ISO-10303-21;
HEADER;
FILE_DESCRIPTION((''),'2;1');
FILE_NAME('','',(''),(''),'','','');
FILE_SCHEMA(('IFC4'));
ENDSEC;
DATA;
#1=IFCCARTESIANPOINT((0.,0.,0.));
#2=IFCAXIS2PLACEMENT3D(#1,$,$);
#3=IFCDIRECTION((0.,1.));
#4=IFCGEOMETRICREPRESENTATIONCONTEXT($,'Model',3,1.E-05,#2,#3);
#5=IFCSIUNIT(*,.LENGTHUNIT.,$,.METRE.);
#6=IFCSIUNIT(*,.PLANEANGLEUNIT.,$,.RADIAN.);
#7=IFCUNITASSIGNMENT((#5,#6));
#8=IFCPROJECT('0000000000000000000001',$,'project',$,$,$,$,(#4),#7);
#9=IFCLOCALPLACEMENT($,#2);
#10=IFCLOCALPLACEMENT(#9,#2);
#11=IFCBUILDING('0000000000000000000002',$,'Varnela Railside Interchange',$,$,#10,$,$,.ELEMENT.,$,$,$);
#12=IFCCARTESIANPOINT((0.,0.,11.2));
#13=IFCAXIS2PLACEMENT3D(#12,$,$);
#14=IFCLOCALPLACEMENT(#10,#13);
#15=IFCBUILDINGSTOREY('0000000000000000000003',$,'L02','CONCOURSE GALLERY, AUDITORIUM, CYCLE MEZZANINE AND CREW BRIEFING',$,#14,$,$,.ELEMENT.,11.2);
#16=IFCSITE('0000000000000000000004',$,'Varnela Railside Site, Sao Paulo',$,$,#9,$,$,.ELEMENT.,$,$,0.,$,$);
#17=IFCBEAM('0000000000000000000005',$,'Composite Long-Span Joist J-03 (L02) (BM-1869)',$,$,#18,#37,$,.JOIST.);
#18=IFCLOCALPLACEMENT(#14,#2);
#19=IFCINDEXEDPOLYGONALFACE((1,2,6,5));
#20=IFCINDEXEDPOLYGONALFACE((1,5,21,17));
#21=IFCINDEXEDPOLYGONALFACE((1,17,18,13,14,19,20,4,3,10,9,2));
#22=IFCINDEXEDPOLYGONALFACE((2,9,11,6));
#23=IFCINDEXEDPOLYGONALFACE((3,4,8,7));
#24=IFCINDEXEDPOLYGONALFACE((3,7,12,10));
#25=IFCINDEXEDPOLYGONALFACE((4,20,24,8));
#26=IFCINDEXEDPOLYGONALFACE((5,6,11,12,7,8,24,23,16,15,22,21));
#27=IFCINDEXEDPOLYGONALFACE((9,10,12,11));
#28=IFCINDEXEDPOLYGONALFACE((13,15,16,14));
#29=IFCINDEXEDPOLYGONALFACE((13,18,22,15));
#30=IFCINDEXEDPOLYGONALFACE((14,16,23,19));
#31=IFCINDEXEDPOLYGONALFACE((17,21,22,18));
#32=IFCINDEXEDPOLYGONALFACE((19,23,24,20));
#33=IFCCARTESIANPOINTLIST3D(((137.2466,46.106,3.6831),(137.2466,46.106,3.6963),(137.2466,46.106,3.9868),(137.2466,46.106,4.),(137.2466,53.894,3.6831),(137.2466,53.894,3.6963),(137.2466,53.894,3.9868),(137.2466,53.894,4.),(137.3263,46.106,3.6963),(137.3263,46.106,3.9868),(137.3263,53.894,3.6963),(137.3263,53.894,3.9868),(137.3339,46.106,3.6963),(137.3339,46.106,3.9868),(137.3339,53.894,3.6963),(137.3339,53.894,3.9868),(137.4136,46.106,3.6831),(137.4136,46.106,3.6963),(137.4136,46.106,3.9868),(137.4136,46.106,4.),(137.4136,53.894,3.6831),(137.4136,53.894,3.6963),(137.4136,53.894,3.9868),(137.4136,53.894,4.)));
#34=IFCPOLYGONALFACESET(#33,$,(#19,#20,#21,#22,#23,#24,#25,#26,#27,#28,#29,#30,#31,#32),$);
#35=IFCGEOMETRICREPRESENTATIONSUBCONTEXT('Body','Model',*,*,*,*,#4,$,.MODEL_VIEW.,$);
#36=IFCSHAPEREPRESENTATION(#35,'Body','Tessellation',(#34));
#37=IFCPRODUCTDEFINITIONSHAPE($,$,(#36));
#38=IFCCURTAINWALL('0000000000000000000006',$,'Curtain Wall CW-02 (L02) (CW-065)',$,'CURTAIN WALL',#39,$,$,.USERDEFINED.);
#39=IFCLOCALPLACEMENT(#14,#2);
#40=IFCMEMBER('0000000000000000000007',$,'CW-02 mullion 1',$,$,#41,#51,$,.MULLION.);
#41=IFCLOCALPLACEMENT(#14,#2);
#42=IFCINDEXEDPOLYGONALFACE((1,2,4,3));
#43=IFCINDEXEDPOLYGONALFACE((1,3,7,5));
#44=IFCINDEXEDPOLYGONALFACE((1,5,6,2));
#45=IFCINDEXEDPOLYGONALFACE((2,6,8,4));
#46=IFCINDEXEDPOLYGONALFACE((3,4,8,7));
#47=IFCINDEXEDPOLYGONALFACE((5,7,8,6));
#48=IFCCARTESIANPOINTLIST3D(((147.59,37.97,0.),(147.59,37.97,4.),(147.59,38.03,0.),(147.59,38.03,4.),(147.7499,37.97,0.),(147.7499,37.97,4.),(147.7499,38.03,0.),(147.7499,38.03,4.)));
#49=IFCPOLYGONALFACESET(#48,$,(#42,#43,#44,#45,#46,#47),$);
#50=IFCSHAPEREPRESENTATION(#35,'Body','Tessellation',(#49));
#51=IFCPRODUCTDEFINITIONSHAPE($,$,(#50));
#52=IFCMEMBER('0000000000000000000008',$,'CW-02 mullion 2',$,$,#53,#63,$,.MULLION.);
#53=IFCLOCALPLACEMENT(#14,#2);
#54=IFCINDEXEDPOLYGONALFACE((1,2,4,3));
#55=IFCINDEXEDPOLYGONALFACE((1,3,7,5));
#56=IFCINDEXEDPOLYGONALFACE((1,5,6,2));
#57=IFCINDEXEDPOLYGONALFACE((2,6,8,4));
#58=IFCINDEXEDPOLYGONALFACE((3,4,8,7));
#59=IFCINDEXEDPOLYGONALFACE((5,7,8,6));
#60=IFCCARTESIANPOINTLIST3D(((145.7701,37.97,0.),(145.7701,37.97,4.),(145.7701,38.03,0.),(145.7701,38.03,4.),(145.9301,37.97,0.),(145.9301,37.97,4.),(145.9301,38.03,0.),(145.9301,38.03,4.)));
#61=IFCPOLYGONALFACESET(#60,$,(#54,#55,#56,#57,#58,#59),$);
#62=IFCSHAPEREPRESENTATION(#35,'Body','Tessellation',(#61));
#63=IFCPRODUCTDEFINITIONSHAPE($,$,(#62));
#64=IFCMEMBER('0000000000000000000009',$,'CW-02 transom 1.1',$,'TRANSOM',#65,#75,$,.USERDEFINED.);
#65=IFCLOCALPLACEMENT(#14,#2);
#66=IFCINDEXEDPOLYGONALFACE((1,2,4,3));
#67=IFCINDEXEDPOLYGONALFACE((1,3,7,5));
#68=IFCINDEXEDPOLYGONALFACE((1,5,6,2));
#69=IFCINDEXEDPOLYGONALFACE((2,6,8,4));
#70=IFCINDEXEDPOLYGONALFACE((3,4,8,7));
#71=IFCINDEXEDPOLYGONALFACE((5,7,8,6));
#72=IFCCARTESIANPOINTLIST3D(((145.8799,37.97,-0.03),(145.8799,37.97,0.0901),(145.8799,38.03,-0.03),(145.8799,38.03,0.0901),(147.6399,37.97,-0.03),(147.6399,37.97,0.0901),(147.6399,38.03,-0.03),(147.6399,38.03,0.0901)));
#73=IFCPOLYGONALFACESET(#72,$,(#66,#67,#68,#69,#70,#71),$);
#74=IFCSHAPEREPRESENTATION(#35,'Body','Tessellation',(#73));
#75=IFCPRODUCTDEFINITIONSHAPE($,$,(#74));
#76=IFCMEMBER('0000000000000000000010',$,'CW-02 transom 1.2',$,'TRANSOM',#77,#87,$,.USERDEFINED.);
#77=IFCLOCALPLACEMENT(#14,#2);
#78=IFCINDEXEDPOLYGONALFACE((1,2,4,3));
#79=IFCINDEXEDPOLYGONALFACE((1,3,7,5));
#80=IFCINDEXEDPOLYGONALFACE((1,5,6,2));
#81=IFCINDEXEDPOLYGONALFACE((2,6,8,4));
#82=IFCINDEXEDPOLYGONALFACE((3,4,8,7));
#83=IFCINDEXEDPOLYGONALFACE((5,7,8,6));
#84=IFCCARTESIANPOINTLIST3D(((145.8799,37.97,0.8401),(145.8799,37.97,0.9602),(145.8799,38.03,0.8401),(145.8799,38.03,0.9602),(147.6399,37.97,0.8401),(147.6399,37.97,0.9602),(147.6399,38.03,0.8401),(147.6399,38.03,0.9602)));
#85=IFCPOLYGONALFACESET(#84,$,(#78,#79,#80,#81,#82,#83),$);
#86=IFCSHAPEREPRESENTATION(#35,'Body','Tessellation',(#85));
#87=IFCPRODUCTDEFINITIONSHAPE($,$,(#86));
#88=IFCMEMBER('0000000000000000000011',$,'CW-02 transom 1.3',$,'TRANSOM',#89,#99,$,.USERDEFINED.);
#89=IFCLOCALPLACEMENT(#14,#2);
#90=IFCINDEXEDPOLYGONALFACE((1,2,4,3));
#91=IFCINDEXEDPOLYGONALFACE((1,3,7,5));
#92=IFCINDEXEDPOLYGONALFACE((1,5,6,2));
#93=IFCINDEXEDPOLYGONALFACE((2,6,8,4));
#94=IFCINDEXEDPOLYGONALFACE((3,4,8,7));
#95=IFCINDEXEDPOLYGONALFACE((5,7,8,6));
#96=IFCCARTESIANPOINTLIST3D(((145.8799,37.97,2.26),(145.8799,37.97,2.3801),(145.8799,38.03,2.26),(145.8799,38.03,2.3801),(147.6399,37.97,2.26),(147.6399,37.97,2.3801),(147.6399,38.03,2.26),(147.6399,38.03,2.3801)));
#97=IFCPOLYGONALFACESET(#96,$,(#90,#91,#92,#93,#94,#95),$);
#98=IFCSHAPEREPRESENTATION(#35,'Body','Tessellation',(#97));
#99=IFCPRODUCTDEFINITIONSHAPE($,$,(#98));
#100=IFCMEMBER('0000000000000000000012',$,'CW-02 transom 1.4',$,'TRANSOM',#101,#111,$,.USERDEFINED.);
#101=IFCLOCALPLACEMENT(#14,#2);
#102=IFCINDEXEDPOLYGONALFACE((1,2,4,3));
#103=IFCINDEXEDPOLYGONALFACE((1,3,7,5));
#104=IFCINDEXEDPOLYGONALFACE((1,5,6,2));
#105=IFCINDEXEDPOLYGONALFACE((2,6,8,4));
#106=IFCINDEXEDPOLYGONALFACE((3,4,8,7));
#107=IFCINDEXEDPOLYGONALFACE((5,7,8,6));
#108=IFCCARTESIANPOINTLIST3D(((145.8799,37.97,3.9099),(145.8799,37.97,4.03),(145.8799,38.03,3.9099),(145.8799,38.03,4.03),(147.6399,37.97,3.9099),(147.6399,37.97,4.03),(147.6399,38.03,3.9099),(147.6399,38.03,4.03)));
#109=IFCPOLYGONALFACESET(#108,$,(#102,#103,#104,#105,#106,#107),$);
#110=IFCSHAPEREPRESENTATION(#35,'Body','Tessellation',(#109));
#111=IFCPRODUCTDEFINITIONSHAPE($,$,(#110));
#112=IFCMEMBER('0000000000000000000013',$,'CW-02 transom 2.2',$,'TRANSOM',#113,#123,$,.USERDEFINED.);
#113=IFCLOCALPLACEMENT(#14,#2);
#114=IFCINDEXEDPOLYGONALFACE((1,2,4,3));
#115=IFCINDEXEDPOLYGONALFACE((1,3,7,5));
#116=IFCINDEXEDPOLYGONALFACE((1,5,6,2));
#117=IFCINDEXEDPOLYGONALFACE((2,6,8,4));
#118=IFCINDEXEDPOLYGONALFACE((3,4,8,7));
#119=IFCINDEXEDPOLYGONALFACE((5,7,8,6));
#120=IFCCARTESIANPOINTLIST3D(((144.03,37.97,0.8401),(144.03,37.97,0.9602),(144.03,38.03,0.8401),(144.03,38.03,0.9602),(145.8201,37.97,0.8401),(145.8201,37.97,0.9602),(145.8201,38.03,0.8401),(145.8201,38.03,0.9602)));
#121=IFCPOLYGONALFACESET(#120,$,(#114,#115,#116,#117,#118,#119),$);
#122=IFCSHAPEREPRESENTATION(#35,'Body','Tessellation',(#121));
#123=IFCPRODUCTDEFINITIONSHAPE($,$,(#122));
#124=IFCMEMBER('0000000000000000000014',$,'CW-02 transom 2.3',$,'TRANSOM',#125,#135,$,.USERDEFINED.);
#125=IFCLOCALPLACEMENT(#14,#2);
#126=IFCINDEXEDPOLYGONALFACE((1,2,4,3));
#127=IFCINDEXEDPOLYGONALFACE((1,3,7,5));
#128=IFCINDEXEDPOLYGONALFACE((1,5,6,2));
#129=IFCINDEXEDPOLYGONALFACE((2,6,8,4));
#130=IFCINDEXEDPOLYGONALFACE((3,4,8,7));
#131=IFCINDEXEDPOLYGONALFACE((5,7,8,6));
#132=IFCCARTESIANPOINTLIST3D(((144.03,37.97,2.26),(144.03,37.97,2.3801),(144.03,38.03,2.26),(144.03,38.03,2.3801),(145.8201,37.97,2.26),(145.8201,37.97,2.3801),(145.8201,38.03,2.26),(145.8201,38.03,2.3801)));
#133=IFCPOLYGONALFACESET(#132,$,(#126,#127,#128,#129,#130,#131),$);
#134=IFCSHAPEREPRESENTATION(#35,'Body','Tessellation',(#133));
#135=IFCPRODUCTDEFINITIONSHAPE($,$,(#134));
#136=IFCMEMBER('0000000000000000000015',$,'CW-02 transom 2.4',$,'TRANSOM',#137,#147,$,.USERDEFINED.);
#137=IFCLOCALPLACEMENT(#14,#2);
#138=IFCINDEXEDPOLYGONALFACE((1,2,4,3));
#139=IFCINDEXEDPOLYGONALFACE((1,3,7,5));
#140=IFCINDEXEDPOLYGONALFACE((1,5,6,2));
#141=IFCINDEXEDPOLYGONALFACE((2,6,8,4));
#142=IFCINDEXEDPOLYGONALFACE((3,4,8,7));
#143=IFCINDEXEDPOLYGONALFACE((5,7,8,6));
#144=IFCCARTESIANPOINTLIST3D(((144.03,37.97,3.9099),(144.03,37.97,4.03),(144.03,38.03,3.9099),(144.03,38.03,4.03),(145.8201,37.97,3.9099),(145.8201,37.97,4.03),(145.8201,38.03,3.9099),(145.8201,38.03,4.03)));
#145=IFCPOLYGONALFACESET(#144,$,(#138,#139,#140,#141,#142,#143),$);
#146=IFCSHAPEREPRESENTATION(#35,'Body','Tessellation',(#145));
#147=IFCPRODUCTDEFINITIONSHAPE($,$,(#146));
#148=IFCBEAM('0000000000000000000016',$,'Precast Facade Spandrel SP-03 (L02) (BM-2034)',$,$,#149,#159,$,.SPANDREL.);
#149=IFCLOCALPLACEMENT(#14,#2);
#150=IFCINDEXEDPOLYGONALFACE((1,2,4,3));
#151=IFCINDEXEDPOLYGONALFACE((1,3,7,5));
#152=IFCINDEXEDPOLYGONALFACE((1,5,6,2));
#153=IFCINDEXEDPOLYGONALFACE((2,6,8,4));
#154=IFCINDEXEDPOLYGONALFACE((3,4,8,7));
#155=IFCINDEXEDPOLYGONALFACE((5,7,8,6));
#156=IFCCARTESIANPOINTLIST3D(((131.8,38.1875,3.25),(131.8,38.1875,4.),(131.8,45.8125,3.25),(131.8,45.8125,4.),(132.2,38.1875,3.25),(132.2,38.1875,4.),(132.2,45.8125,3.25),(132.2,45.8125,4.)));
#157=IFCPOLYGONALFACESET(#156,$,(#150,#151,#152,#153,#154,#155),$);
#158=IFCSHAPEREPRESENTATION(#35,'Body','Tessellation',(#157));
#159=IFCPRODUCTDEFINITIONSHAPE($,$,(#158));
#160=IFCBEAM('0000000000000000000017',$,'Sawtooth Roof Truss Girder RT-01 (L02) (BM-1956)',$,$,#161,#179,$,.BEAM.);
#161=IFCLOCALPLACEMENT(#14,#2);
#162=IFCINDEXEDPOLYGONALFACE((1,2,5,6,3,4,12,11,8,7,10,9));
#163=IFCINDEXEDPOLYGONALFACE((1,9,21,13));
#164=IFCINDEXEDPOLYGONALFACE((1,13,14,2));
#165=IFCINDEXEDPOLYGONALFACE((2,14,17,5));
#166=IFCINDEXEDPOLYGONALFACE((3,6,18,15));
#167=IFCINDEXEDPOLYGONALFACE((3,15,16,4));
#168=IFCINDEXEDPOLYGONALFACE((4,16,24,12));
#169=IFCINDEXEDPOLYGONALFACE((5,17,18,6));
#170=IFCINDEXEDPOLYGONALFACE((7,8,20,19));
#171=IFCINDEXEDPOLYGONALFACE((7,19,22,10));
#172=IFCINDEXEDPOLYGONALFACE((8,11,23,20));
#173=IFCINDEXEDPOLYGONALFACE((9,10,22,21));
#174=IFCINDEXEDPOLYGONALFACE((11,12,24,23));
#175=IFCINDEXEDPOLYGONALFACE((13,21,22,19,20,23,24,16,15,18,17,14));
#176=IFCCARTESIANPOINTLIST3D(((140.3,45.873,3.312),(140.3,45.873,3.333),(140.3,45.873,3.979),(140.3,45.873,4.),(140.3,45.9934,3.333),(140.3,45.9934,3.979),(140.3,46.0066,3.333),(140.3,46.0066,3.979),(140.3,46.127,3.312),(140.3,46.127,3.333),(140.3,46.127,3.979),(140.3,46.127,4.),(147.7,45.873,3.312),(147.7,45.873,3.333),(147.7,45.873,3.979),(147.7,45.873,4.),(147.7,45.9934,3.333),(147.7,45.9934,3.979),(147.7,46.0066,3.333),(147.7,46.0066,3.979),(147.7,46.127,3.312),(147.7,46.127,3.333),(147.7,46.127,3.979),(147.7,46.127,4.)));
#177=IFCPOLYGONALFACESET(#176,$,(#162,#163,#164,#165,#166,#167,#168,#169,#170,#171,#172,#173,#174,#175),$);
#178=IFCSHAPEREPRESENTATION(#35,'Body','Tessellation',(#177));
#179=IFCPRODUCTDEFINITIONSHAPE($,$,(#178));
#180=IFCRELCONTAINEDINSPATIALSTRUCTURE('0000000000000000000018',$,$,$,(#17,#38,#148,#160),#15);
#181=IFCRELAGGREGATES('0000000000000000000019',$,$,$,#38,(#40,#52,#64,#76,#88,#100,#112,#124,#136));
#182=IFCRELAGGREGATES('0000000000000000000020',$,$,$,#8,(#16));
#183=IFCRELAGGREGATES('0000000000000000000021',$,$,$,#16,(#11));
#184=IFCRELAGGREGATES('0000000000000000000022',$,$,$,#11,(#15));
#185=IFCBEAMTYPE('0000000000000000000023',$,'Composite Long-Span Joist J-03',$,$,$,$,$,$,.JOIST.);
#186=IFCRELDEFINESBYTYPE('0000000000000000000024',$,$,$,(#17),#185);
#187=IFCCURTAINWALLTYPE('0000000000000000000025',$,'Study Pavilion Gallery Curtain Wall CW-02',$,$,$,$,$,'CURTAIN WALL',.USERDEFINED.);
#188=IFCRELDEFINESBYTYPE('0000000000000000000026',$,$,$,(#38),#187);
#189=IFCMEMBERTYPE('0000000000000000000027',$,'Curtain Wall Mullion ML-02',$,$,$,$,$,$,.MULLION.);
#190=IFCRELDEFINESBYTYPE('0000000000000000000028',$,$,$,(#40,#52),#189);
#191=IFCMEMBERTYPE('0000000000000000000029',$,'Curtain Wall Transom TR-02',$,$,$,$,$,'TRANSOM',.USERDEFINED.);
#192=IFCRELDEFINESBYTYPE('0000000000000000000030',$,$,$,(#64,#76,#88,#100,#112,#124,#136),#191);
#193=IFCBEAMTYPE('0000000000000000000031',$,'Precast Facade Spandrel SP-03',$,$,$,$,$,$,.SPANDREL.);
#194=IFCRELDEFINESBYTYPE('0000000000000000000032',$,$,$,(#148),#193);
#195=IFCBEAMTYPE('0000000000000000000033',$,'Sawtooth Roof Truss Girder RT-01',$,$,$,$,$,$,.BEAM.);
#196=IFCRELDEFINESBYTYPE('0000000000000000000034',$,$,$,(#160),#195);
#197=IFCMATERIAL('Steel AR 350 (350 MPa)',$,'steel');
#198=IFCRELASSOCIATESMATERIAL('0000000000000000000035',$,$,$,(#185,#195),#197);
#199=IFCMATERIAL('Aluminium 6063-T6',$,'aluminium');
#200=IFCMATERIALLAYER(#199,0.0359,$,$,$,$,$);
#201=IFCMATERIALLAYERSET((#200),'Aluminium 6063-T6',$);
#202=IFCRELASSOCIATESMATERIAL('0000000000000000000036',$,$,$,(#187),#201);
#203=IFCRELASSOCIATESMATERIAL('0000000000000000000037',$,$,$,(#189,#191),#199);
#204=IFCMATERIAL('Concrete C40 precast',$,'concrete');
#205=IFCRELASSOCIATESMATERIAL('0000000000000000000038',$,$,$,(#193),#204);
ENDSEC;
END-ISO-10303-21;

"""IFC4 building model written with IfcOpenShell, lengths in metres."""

from ifc_helpers import new_model, si_unit, direction, frame, origin, origin_2d, place, context, subcontext, project, spatial, rectangle, i_section, extrude, material, layer, layer_set, material_profile, profile_set, type_object, element, aggregate, save


model = new_model("IFC4")

# Units and contexts
model_context = context("Model", 3, precision=1e-05, world=origin(), true_north=direction((0.0, 1.0)))
body_context = subcontext(model_context, "Body", "Model", "MODEL_VIEW")
ifc_project = project(units=[si_unit("LENGTHUNIT", "METRE"), si_unit("PLANEANGLEUNIT", "RADIAN")], contexts=[model_context])

# Site, building, storey
site_placement = place(None, origin())
site = spatial("IfcSite", under=ifc_project, at=site_placement, Name="Varnela Railside Site, Sao Paulo", CompositionType="ELEMENT", RefElevation=0.0)
building_placement = place(site_placement, origin())
building = spatial("IfcBuilding", under=site, at=building_placement, Name="Varnela Railside Interchange", CompositionType="ELEMENT")
storey_placement = place(building_placement, frame((0.0, 0.0, 11.2)))
storey = spatial("IfcBuildingStorey", under=building, at=storey_placement, Name="L02", Description="CONCOURSE GALLERY, AUDITORIUM, CYCLE MEZZANINE AND CREW BRIEFING", CompositionType="ELEMENT", Elevation=11.2)

# Shared definitions
ifc_material_1 = material(Name="Steel AR 350 (350 MPa)", Category="steel")

# Beam
ifc_material_profile_1 = material_profile(ifc_material_1, i_section(OverallWidth=0.167, OverallDepth=0.3169, WebThickness=0.0076, FlangeThickness=0.0132, at=origin_2d()), Name="W310x52")
ifc_profile_set_1 = profile_set([ifc_material_profile_1], Name="Steel AR 350 (350 MPa)")
beam_type_1 = type_object("IfcBeamType", Name="Composite Long-Span Joist J-03", PredefinedType="JOIST", material=ifc_profile_set_1)
for number, where, z_axis, x_axis, name in (
    (1, (137.3301, 46.106, 3.8416), (0.0, 1.0, 0.0), (-1.0, 0.0, 0.0), "Composite Long-Span Joist J-03 (L02) (BM-1869)"),
):
    element("IfcBeam", number, at=place(storey_placement, frame(where, z_axis=z_axis, x_axis=x_axis)), inside=storey, type_object=beam_type_1, Name=name, PredefinedType="JOIST", context=body_context, shape_type="SweptSolid", body=[
        extrude(i_section(OverallWidth=0.167, OverallDepth=0.3169, WebThickness=0.0076, FlangeThickness=0.0132, at=origin_2d()), origin(), (0.0, 0.0, 1.0), 7.7881),
    ])

# Curtain wall, members
ifc_material_2 = material(Name="Aluminium 6063-T6", Category="aluminium")
ifc_layer_1 = layer(ifc_material_2, 0.0359)
ifc_layer_set_1 = layer_set([ifc_layer_1], Name="Aluminium 6063-T6")
curtain_wall_type = type_object("IfcCurtainWallType", Name="Study Pavilion Gallery Curtain Wall CW-02", ElementType="CURTAIN WALL", PredefinedType="USERDEFINED", material=ifc_layer_set_1)
curtain_wall_placement = place(storey_placement, origin())
curtain_wall = element("IfcCurtainWall", 2, at=curtain_wall_placement, inside=storey, type_object=curtain_wall_type, Name="Curtain Wall CW-02 (L02) (CW-065)", ObjectType="CURTAIN WALL", PredefinedType="USERDEFINED")
ifc_material_profile_2 = material_profile(ifc_material_2, rectangle(XDim=0.0601, YDim=0.1599, at=origin_2d()), Name="ALU 60x160")
ifc_profile_set_2 = profile_set([ifc_material_profile_2], Name="Aluminium 6063-T6")
member_type_1 = type_object("IfcMemberType", Name="Curtain Wall Mullion ML-02", PredefinedType="MULLION", material=ifc_profile_set_2)
member_1_placement = place(storey_placement, frame((147.6699, 38.0, 0.0), z_axis=(0.0, 0.0, 1.0), x_axis=(0.0, -1.0, 0.0)))
member_1 = element("IfcMember", 3, at=member_1_placement, type_object=member_type_1, Name="CW-02 mullion 1", PredefinedType="MULLION", context=body_context, shape_type="SweptSolid", body=[
    extrude(rectangle(XDim=0.0601, YDim=0.1599, at=origin_2d()), origin(), (0.0, 0.0, 1.0), 4.0),
])
member_2_placement = place(storey_placement, frame((145.8501, 38.0, 0.0), z_axis=(0.0, 0.0, 1.0), x_axis=(0.0, -1.0, 0.0)))
member_2 = element("IfcMember", 4, at=member_2_placement, type_object=member_type_1, Name="CW-02 mullion 2", PredefinedType="MULLION", context=body_context, shape_type="SweptSolid", body=[
    extrude(rectangle(XDim=0.0601, YDim=0.1599, at=origin_2d()), origin(), (0.0, 0.0, 1.0), 4.0),
])
ifc_material_profile_3 = material_profile(ifc_material_2, rectangle(XDim=0.0601, YDim=0.1201, at=origin_2d()), Name="ALU 60x120")
ifc_profile_set_3 = profile_set([ifc_material_profile_3], Name="Aluminium 6063-T6")
member_type_2 = type_object("IfcMemberType", Name="Curtain Wall Transom TR-02", ElementType="TRANSOM", PredefinedType="USERDEFINED", material=ifc_profile_set_3)
member_3_placement = place(storey_placement, frame((147.6399, 38.0, 0.03), z_axis=(-1.0, 0.0, 0.0), x_axis=(0.0, -1.0, 0.0)))
member_3 = element("IfcMember", 5, at=member_3_placement, type_object=member_type_2, Name="CW-02 transom 1.1", ObjectType="TRANSOM", PredefinedType="USERDEFINED", context=body_context, shape_type="SweptSolid", body=[
    extrude(rectangle(XDim=0.0601, YDim=0.1201, at=origin_2d()), origin(), (0.0, 0.0, 1.0), 1.76),
])
member_4_placement = place(storey_placement, frame((147.6399, 38.0, 0.9001), z_axis=(-1.0, 0.0, 0.0), x_axis=(0.0, -1.0, 0.0)))
member_4 = element("IfcMember", 6, at=member_4_placement, type_object=member_type_2, Name="CW-02 transom 1.2", ObjectType="TRANSOM", PredefinedType="USERDEFINED", context=body_context, shape_type="SweptSolid", body=[
    extrude(rectangle(XDim=0.0601, YDim=0.1201, at=origin_2d()), origin(), (0.0, 0.0, 1.0), 1.76),
])
member_5_placement = place(storey_placement, frame((147.6399, 38.0, 2.3201), z_axis=(-1.0, 0.0, 0.0), x_axis=(0.0, -1.0, 0.0)))
member_5 = element("IfcMember", 7, at=member_5_placement, type_object=member_type_2, Name="CW-02 transom 1.3", ObjectType="TRANSOM", PredefinedType="USERDEFINED", context=body_context, shape_type="SweptSolid", body=[
    extrude(rectangle(XDim=0.0601, YDim=0.1201, at=origin_2d()), origin(), (0.0, 0.0, 1.0), 1.76),
])
member_6_placement = place(storey_placement, frame((147.6399, 38.0, 3.97), z_axis=(-1.0, 0.0, 0.0), x_axis=(0.0, -1.0, 0.0)))
member_6 = element("IfcMember", 8, at=member_6_placement, type_object=member_type_2, Name="CW-02 transom 1.4", ObjectType="TRANSOM", PredefinedType="USERDEFINED", context=body_context, shape_type="SweptSolid", body=[
    extrude(rectangle(XDim=0.0601, YDim=0.1201, at=origin_2d()), origin(), (0.0, 0.0, 1.0), 1.76),
])
member_7_placement = place(storey_placement, frame((145.8201, 38.0, 0.9001), z_axis=(-1.0, 0.0, 0.0), x_axis=(0.0, -1.0, 0.0)))
member_7 = element("IfcMember", 9, at=member_7_placement, type_object=member_type_2, Name="CW-02 transom 2.2", ObjectType="TRANSOM", PredefinedType="USERDEFINED", context=body_context, shape_type="SweptSolid", body=[
    extrude(rectangle(XDim=0.0601, YDim=0.1201, at=origin_2d()), origin(), (0.0, 0.0, 1.0), 1.79),
])
member_8_placement = place(storey_placement, frame((145.8201, 38.0, 2.3201), z_axis=(-1.0, 0.0, 0.0), x_axis=(0.0, -1.0, 0.0)))
member_8 = element("IfcMember", 10, at=member_8_placement, type_object=member_type_2, Name="CW-02 transom 2.3", ObjectType="TRANSOM", PredefinedType="USERDEFINED", context=body_context, shape_type="SweptSolid", body=[
    extrude(rectangle(XDim=0.0601, YDim=0.1201, at=origin_2d()), origin(), (0.0, 0.0, 1.0), 1.79),
])
member_9_placement = place(storey_placement, frame((145.8201, 38.0, 3.97), z_axis=(-1.0, 0.0, 0.0), x_axis=(0.0, -1.0, 0.0)))
member_9 = element("IfcMember", 11, at=member_9_placement, type_object=member_type_2, Name="CW-02 transom 2.4", ObjectType="TRANSOM", PredefinedType="USERDEFINED", context=body_context, shape_type="SweptSolid", body=[
    extrude(rectangle(XDim=0.0601, YDim=0.1201, at=origin_2d()), origin(), (0.0, 0.0, 1.0), 1.79),
])

# Beams
ifc_material_3 = material(Name="Concrete C40 precast", Category="concrete")
ifc_material_profile_4 = material_profile(ifc_material_3, rectangle(XDim=0.3999, YDim=0.75, at=origin_2d()), Name="PC 400x750")
ifc_profile_set_4 = profile_set([ifc_material_profile_4], Name="Concrete C40 precast")
beam_type_2 = type_object("IfcBeamType", Name="Precast Facade Spandrel SP-03", PredefinedType="SPANDREL", material=ifc_profile_set_4)
beam_1_placement = place(storey_placement, frame((132.0, 38.1875, 3.625), z_axis=(0.0, 1.0, 0.0), x_axis=(-1.0, 0.0, 0.0)))
element("IfcBeam", 12, at=beam_1_placement, inside=storey, type_object=beam_type_2, Name="Precast Facade Spandrel SP-03 (L02) (BM-2034)", PredefinedType="SPANDREL", context=body_context, shape_type="SweptSolid", body=[
    extrude(rectangle(XDim=0.3999, YDim=0.75, at=origin_2d()), origin(), (0.0, 0.0, 1.0), 7.625),
])
ifc_material_profile_5 = material_profile(ifc_material_1, i_section(OverallWidth=0.2539, OverallDepth=0.688, WebThickness=0.0132, FlangeThickness=0.021, at=origin_2d()), Name="W690x152")
ifc_profile_set_5 = profile_set([ifc_material_profile_5], Name="Steel AR 350 (350 MPa)")
beam_type_3 = type_object("IfcBeamType", Name="Sawtooth Roof Truss Girder RT-01", PredefinedType="BEAM", material=ifc_profile_set_5)
for number, where, z_axis, x_axis, name in (
    (13, (140.3, 46.0, 3.656), (1.0, 0.0, 0.0), (0.0, 1.0, 0.0), "Sawtooth Roof Truss Girder RT-01 (L02) (BM-1956)"),
):
    element("IfcBeam", number, at=place(storey_placement, frame(where, z_axis=z_axis, x_axis=x_axis)), inside=storey, type_object=beam_type_3, Name=name, PredefinedType="BEAM", context=body_context, shape_type="SweptSolid", body=[
        extrude(i_section(OverallWidth=0.2539, OverallDepth=0.688, WebThickness=0.0132, FlangeThickness=0.021, at=origin_2d()), origin(), (0.0, 0.0, 1.0), 7.3999),
    ])

aggregate(curtain_wall, [member_1, member_2, member_3, member_4, member_5, member_6, member_7, member_8, member_9])

save(model, "model.ifc")
